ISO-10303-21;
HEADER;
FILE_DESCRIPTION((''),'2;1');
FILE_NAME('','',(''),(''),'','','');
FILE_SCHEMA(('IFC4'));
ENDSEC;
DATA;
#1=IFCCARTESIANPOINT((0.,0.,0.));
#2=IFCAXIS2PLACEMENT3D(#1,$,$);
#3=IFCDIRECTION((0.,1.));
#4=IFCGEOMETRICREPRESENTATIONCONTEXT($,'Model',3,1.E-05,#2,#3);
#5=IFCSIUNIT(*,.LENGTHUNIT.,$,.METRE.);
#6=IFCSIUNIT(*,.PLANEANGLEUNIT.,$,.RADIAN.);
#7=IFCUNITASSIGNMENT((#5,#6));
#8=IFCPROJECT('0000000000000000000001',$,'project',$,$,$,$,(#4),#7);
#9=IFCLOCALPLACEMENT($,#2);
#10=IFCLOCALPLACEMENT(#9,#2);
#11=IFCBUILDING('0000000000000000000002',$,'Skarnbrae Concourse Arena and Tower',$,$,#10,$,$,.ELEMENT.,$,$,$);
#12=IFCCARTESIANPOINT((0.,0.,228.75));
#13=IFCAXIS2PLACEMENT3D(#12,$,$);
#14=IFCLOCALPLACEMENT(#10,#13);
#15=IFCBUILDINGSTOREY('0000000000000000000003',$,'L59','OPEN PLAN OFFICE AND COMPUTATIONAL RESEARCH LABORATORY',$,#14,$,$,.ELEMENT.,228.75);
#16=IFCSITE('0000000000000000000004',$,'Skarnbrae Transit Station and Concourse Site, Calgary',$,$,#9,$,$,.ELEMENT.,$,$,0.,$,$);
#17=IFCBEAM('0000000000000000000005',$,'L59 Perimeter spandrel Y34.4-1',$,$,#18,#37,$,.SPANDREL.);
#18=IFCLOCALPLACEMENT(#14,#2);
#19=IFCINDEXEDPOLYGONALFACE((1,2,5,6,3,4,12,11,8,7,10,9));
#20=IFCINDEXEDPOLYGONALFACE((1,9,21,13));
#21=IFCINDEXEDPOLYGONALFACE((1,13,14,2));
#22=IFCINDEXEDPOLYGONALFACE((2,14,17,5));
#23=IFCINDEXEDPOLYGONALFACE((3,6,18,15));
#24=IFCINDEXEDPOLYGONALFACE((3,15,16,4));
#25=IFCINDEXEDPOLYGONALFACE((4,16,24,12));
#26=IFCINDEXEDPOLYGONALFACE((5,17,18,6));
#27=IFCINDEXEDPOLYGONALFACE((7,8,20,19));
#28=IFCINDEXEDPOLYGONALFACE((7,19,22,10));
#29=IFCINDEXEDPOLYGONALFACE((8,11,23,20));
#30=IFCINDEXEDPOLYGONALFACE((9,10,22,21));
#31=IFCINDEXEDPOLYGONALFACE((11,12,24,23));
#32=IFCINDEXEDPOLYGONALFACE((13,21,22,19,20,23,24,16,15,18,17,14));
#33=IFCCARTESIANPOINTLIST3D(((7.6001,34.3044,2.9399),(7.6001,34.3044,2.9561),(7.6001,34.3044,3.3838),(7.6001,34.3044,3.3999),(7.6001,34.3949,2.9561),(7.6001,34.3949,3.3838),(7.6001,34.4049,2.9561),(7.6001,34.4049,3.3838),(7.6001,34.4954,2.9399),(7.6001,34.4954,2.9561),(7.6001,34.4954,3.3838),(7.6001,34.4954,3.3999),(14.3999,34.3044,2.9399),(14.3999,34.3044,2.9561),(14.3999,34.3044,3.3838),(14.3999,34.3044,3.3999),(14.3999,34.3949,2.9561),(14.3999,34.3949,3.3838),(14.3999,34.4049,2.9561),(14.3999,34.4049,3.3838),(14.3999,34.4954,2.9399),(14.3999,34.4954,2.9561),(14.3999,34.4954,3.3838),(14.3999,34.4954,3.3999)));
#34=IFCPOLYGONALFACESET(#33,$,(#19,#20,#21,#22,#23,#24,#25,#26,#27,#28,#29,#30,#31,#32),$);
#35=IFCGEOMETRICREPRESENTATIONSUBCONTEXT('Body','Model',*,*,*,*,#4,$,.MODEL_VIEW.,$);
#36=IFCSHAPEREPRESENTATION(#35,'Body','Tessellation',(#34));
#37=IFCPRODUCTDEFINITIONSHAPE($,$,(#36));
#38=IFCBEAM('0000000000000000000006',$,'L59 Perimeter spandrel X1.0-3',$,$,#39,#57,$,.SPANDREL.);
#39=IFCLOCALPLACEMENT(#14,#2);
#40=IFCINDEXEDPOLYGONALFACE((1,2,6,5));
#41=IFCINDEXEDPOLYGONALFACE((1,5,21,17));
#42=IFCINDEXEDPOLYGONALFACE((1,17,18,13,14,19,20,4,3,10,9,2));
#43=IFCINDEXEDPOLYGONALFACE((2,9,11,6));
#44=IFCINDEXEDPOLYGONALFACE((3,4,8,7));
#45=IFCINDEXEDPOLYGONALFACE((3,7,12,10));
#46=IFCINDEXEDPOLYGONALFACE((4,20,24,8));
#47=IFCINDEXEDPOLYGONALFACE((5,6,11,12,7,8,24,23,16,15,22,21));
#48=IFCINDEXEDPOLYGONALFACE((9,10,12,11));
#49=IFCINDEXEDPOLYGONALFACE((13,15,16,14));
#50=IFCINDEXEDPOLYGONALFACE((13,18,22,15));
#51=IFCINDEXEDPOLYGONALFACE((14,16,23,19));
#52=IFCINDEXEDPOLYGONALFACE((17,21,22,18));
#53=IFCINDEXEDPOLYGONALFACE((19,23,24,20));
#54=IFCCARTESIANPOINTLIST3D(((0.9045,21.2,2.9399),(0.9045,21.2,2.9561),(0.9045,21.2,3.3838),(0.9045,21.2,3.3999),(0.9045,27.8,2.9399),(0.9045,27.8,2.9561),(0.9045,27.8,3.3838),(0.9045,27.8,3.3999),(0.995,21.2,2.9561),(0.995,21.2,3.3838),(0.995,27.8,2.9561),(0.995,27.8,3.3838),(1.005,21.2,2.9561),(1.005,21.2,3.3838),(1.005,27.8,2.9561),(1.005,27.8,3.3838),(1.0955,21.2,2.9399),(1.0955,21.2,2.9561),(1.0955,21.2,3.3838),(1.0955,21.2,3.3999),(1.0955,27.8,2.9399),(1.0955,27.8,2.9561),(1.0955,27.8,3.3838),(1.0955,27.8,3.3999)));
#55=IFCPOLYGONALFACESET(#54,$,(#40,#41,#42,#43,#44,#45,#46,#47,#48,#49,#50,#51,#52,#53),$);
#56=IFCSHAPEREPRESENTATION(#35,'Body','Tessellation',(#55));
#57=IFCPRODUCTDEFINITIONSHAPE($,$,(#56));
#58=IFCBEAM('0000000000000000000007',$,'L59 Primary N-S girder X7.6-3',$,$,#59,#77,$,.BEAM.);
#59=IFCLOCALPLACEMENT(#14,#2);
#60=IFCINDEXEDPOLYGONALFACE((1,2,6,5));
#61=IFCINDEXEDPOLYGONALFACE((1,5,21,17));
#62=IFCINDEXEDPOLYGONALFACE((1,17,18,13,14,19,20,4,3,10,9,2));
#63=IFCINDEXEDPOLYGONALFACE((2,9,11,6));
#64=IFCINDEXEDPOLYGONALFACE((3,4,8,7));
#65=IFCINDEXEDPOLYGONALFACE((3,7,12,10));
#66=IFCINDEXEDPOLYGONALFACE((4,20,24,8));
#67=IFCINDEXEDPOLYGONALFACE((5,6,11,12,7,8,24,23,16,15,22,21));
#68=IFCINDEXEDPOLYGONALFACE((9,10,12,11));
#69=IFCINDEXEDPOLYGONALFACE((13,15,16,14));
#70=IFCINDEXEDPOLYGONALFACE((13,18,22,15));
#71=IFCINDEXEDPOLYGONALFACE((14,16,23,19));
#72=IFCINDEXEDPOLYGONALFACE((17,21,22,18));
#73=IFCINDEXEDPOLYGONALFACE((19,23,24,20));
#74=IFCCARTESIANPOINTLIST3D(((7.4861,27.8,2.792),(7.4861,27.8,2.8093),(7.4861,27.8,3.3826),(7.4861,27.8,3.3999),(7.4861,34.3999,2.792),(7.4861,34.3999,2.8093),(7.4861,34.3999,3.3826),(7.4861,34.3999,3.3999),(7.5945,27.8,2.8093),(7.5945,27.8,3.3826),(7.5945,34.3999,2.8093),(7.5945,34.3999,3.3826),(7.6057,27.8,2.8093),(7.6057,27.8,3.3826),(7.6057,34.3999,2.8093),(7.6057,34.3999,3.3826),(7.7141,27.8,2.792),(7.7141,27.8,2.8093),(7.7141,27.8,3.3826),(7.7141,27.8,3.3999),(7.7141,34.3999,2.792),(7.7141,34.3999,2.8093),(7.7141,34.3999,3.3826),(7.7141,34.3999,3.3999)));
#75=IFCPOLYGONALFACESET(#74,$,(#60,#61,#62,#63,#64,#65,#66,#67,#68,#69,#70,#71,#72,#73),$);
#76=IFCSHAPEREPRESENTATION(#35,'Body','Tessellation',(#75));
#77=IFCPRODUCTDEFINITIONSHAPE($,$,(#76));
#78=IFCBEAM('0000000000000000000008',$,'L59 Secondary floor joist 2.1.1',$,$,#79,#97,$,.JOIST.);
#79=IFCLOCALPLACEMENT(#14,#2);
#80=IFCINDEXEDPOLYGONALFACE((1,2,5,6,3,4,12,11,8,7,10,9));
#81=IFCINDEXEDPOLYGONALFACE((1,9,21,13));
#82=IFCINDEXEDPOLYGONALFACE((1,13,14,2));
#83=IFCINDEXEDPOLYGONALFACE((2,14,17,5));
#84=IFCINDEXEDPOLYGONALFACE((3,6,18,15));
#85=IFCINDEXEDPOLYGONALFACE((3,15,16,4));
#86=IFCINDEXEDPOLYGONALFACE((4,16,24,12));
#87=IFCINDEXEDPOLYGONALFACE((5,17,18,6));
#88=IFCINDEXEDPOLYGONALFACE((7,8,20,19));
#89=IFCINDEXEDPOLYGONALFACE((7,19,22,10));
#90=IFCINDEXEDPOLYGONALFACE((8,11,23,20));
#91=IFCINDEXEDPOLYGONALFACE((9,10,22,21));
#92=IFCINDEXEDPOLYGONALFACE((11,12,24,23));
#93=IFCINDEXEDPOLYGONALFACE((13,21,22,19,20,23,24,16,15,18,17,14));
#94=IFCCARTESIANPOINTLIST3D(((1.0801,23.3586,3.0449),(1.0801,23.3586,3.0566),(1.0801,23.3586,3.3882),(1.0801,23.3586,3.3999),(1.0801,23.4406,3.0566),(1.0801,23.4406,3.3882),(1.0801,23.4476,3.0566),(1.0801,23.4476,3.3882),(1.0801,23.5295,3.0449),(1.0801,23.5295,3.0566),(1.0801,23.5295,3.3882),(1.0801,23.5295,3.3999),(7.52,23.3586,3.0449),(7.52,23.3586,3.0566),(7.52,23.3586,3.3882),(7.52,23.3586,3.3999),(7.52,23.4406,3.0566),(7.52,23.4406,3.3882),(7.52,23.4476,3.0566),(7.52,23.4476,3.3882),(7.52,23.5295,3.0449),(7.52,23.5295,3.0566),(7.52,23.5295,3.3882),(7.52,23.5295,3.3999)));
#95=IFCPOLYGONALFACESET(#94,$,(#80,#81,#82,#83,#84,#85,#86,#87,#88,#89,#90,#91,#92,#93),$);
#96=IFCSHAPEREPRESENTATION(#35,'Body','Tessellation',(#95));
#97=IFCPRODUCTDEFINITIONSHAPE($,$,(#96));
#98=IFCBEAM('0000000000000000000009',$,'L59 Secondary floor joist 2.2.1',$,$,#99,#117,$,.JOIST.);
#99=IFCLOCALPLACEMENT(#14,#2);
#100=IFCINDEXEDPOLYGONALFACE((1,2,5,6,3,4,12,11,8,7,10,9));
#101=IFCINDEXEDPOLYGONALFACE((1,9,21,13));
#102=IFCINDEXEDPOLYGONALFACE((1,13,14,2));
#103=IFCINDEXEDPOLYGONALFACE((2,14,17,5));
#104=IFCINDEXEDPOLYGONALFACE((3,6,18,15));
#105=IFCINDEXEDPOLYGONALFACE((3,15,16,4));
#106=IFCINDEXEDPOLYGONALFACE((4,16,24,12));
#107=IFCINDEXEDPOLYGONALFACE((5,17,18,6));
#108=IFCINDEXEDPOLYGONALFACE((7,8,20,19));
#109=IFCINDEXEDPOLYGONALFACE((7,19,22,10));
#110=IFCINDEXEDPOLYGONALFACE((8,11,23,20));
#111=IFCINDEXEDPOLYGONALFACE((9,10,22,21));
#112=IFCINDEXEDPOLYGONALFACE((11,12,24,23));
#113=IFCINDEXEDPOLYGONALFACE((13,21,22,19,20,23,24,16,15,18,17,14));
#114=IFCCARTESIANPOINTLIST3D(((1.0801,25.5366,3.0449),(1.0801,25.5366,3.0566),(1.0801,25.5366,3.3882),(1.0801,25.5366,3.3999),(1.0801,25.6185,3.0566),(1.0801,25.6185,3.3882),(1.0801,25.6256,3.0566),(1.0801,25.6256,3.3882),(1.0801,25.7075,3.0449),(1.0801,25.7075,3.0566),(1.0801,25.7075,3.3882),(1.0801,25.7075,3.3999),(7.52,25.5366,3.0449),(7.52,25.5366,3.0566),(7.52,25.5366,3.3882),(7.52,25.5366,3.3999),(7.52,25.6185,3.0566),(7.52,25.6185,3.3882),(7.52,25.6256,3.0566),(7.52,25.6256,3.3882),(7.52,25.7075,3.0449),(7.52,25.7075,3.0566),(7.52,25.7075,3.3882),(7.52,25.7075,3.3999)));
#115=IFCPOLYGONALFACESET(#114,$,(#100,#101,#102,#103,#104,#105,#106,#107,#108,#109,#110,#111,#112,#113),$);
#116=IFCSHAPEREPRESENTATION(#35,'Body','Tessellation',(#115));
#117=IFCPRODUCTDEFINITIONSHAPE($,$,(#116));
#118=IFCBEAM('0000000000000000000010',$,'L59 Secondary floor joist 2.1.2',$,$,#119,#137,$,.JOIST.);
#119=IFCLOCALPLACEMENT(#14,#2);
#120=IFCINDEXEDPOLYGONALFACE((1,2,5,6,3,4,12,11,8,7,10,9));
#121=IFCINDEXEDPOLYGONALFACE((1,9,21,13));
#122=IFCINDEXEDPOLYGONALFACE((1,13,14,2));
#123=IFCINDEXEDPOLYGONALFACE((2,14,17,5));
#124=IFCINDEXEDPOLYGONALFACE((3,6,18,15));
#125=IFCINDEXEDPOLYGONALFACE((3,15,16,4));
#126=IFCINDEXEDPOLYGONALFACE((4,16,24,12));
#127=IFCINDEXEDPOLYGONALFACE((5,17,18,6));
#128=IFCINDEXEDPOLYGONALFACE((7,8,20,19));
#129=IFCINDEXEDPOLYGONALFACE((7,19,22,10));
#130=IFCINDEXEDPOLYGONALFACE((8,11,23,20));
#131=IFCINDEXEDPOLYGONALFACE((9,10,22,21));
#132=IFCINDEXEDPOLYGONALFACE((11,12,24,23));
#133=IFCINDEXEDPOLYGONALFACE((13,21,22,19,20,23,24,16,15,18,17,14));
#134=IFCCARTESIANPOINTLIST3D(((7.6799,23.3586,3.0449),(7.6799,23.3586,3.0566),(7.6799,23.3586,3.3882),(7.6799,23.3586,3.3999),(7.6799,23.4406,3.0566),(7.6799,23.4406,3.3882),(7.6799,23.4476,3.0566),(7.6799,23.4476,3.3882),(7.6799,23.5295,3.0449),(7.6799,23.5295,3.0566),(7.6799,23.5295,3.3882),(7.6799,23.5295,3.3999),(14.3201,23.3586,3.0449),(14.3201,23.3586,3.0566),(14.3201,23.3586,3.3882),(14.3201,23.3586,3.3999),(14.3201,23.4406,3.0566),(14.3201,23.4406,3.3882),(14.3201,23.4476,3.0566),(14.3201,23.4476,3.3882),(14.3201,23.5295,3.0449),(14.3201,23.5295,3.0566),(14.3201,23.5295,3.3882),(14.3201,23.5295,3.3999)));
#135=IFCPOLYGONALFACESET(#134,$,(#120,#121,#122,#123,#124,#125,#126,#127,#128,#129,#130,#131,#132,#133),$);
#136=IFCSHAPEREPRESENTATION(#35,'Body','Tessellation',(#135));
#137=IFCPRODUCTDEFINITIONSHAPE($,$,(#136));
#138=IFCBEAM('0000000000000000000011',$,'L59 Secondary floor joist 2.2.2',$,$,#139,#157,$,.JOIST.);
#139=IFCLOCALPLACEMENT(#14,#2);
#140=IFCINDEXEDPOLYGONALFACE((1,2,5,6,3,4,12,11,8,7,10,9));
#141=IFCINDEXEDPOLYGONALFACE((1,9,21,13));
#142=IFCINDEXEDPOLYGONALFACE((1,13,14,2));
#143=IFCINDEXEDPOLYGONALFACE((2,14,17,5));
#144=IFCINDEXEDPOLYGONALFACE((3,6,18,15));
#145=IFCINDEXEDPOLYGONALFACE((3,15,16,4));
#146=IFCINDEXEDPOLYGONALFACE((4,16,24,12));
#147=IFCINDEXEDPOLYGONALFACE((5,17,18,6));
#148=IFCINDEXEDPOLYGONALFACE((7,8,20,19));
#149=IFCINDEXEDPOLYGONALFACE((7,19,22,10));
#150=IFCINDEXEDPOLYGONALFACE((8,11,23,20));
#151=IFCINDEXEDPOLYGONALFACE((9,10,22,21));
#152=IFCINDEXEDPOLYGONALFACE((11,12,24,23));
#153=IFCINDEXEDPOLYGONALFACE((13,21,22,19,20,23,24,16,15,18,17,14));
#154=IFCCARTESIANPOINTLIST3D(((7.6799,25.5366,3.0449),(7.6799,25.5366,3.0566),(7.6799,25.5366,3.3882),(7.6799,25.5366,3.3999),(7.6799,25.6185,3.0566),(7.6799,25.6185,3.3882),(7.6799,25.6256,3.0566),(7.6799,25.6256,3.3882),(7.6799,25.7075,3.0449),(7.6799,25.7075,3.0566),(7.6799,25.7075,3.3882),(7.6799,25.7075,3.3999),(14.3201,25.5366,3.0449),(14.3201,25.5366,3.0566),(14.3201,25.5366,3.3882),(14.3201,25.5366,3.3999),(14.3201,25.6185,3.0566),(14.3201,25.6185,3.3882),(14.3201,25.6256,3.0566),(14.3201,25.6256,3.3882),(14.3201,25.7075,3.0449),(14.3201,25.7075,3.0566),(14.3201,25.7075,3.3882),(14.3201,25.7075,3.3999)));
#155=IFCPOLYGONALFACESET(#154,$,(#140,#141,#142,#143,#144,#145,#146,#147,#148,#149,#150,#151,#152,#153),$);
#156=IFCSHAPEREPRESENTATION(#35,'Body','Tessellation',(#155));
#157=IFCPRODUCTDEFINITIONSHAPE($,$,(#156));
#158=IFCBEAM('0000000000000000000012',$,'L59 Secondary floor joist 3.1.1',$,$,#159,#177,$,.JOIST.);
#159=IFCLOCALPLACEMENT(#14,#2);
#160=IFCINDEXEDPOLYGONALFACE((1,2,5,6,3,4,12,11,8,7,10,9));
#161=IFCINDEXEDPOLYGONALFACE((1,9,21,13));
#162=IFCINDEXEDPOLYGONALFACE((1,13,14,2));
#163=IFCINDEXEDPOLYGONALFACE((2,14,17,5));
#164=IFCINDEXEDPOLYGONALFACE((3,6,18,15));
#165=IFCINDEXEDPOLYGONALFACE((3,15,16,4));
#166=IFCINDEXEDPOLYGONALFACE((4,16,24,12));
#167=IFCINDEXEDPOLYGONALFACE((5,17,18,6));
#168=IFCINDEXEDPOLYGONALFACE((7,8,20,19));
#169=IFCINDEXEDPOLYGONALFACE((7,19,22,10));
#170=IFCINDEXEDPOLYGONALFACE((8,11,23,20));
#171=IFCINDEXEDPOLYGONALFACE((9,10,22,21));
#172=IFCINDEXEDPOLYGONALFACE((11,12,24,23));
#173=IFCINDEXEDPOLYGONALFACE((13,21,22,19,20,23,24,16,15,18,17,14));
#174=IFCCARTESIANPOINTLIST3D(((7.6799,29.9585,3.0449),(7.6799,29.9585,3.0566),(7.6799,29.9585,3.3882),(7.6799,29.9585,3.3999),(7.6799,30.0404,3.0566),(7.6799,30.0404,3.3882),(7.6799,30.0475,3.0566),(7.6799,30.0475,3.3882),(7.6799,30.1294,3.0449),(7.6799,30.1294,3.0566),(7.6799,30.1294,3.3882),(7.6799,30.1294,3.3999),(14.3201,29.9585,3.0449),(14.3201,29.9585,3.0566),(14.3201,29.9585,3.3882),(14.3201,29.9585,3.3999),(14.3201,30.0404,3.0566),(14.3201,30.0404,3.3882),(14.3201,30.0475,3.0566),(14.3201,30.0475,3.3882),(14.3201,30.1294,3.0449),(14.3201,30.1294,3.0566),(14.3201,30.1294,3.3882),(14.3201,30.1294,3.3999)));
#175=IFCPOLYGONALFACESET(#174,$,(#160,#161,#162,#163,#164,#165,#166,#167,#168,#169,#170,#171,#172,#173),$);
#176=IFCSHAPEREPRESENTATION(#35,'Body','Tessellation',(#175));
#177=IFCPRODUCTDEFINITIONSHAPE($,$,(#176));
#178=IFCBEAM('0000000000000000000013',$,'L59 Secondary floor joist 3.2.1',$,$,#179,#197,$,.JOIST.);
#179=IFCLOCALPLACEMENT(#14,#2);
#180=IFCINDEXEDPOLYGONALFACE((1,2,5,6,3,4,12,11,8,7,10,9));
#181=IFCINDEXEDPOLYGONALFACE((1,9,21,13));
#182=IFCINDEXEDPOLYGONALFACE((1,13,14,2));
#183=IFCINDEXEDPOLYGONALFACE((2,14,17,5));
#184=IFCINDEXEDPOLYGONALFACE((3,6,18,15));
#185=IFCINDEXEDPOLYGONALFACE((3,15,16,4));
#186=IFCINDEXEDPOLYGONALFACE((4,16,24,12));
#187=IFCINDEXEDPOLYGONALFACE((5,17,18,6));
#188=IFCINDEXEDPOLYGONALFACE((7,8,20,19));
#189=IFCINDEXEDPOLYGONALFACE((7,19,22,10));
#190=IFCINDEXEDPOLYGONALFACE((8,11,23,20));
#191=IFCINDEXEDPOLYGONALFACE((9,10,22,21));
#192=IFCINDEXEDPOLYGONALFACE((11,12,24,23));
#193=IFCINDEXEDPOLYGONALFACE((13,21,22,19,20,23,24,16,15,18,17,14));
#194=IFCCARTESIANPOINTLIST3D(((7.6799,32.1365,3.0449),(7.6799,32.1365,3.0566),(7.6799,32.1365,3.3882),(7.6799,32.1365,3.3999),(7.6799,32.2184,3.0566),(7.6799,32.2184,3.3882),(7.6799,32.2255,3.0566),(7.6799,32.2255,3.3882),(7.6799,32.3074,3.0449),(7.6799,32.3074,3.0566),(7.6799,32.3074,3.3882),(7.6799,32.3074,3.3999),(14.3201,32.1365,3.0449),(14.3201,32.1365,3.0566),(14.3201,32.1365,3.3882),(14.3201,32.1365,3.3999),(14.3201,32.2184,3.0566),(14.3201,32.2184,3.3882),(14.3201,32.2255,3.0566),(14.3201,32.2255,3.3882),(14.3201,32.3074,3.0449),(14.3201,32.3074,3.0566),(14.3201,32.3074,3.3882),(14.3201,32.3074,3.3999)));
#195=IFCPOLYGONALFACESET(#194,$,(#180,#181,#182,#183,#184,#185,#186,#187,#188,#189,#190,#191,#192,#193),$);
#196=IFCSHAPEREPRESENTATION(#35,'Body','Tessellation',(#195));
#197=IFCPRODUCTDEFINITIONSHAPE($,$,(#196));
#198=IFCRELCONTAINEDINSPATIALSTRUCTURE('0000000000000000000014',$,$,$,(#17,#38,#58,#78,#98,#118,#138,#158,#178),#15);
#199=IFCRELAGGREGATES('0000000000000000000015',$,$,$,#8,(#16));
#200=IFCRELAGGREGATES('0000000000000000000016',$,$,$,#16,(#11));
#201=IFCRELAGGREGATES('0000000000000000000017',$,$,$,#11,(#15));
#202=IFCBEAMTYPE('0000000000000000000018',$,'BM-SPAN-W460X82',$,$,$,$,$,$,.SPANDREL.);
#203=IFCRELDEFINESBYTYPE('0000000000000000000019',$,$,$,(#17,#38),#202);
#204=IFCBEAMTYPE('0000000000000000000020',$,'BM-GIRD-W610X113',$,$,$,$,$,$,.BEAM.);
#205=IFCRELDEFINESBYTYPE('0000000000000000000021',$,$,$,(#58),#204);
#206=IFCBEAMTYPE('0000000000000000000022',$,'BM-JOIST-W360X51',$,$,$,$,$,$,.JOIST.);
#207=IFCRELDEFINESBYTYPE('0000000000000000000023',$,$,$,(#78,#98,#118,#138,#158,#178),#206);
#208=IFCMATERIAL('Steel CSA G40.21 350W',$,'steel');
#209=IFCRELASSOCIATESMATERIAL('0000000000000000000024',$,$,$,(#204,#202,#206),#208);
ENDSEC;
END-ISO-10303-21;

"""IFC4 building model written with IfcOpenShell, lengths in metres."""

from ifc_helpers import new_model, si_unit, direction, frame, origin, origin_2d, place, context, subcontext, project, spatial, i_section, extrude, source, transform, mapped, material, material_profile, profile_set, type_object, element, save


model = new_model("IFC4")

# Units and contexts
model_context = context("Model", 3, precision=1e-05, world=origin(), true_north=direction((0.0, 1.0)))
body_context = subcontext(model_context, "Body", "Model", "MODEL_VIEW")
ifc_project = project(units=[si_unit("LENGTHUNIT", "METRE"), si_unit("PLANEANGLEUNIT", "RADIAN")], contexts=[model_context])

# Site, building, storey
site_placement = place(None, origin())
site = spatial("IfcSite", under=ifc_project, at=site_placement, Name="Skarnbrae Transit Station and Concourse Site, Calgary", CompositionType="ELEMENT", RefElevation=0.0)
building_placement = place(site_placement, origin())
building = spatial("IfcBuilding", under=site, at=building_placement, Name="Skarnbrae Concourse Arena and Tower", CompositionType="ELEMENT")
storey_placement = place(building_placement, frame((0.0, 0.0, 228.75)))
storey = spatial("IfcBuildingStorey", under=building, at=storey_placement, Name="L59", Description="OPEN PLAN OFFICE AND COMPUTATIONAL RESEARCH LABORATORY", CompositionType="ELEMENT", Elevation=228.75)

# Shared definitions
ifc_material_1 = material(Name="Steel CSA G40.21 350W", Category="steel")

# Beams
ifc_material_profile_1 = material_profile(ifc_material_1, i_section(OverallWidth=0.228, OverallDepth=0.6079, WebThickness=0.0112, FlangeThickness=0.0173, at=origin_2d()), Name="W610X113")
ifc_profile_set_1 = profile_set([ifc_material_profile_1], Name="Steel CSA G40.21 350W")
beam_type_1 = type_object("IfcBeamType", Name="BM-GIRD-W610X113", PredefinedType="BEAM", material=ifc_profile_set_1)
ifc_material_profile_2 = material_profile(ifc_material_1, i_section(OverallWidth=0.1909, OverallDepth=0.46, WebThickness=0.01, FlangeThickness=0.0161, at=origin_2d()), Name="W460X82")
ifc_profile_set_2 = profile_set([ifc_material_profile_2], Name="Steel CSA G40.21 350W")
beam_type_2 = type_object("IfcBeamType", Name="BM-SPAN-W460X82", PredefinedType="SPANDREL", material=ifc_profile_set_2)
shared_shape_1 = source(origin(), body_context, "Body", "SweptSolid", [
    extrude(i_section(OverallWidth=0.1909, OverallDepth=0.46, WebThickness=0.01, FlangeThickness=0.0161, at=origin_2d()), origin(), (0.0, 0.0, 1.0), 6.7998),
])
beam_1_placement = place(storey_placement, frame((7.6001, 34.3999, 3.1699), z_axis=(1.0, 0.0, 0.0), x_axis=(0.0, 1.0, 0.0)))
element("IfcBeam", 1, at=beam_1_placement, inside=storey, type_object=beam_type_2, Name="L59 Perimeter spandrel Y34.4-1", PredefinedType="SPANDREL", context=body_context, shape_type="MappedRepresentation", body=[
    mapped(shared_shape_1, transform((0.0, 0.0, 0.0))),
])
shared_shape_2 = source(origin(), body_context, "Body", "SweptSolid", [
    extrude(i_section(OverallWidth=0.1909, OverallDepth=0.46, WebThickness=0.01, FlangeThickness=0.0161, at=origin_2d()), origin(), (0.0, 0.0, 1.0), 6.6001),
])
beam_2_placement = place(storey_placement, frame((1.0, 21.2, 3.1699), z_axis=(0.0, 1.0, 0.0), x_axis=(-1.0, 0.0, 0.0)))
element("IfcBeam", 2, at=beam_2_placement, inside=storey, type_object=beam_type_2, Name="L59 Perimeter spandrel X1.0-3", PredefinedType="SPANDREL", context=body_context, shape_type="MappedRepresentation", body=[
    mapped(shared_shape_2, transform((0.0, 0.0, 0.0))),
])
shared_shape_3 = source(origin(), body_context, "Body", "SweptSolid", [
    extrude(i_section(OverallWidth=0.228, OverallDepth=0.6079, WebThickness=0.0112, FlangeThickness=0.0173, at=origin_2d()), origin(), (0.0, 0.0, 1.0), 6.5999),
])
beam_3_placement = place(storey_placement, frame((7.6001, 27.8, 3.0959), z_axis=(0.0, 1.0, 0.0), x_axis=(-1.0, 0.0, 0.0)))
element("IfcBeam", 3, at=beam_3_placement, inside=storey, type_object=beam_type_1, Name="L59 Primary N-S girder X7.6-3", PredefinedType="BEAM", context=body_context, shape_type="MappedRepresentation", body=[
    mapped(shared_shape_3, transform((0.0, 0.0, 0.0))),
])
ifc_material_profile_3 = material_profile(ifc_material_1, i_section(OverallWidth=0.1709, OverallDepth=0.355, WebThickness=0.0071, FlangeThickness=0.0117, at=origin_2d()), Name="W360X51")
ifc_profile_set_3 = profile_set([ifc_material_profile_3], Name="Steel CSA G40.21 350W")
beam_type_3 = type_object("IfcBeamType", Name="BM-JOIST-W360X51", PredefinedType="JOIST", material=ifc_profile_set_3)
shared_shape_4 = source(origin(), body_context, "Body", "SweptSolid", [
    extrude(i_section(OverallWidth=0.1709, OverallDepth=0.355, WebThickness=0.0071, FlangeThickness=0.0117, at=origin_2d()), origin(), (0.0, 0.0, 1.0), 6.4399),
])
for number, where, z_axis, x_axis, name in (
    (4, (1.0801, 23.4441, 3.2224), (1.0, 0.0, 0.0), (0.0, 1.0, 0.0), "L59 Secondary floor joist 2.1.1"),
    (5, (1.0801, 25.6221, 3.2224), (1.0, 0.0, 0.0), (0.0, 1.0, 0.0), "L59 Secondary floor joist 2.2.1"),
):
    element("IfcBeam", number, at=place(storey_placement, frame(where, z_axis=z_axis, x_axis=x_axis)), inside=storey, type_object=beam_type_3, Name=name, PredefinedType="JOIST", context=body_context, shape_type="MappedRepresentation", body=[
        mapped(shared_shape_4, transform((0.0, 0.0, 0.0))),
    ])
shared_shape_5 = source(origin(), body_context, "Body", "SweptSolid", [
    extrude(i_section(OverallWidth=0.1709, OverallDepth=0.355, WebThickness=0.0071, FlangeThickness=0.0117, at=origin_2d()), origin(), (0.0, 0.0, 1.0), 6.6401),
])
for number, where, z_axis, x_axis, name in (
    (6, (7.6799, 23.4441, 3.2224), (1.0, 0.0, 0.0), (0.0, 1.0, 0.0), "L59 Secondary floor joist 2.1.2"),
    (7, (7.6799, 25.6221, 3.2224), (1.0, 0.0, 0.0), (0.0, 1.0, 0.0), "L59 Secondary floor joist 2.2.2"),
    (8, (7.6799, 30.0439, 3.2224), (1.0, 0.0, 0.0), (0.0, 1.0, 0.0), "L59 Secondary floor joist 3.1.1"),
    (9, (7.6799, 32.2219, 3.2224), (1.0, 0.0, 0.0), (0.0, 1.0, 0.0), "L59 Secondary floor joist 3.2.1"),
):
    element("IfcBeam", number, at=place(storey_placement, frame(where, z_axis=z_axis, x_axis=x_axis)), inside=storey, type_object=beam_type_3, Name=name, PredefinedType="JOIST", context=body_context, shape_type="MappedRepresentation", body=[
        mapped(shared_shape_5, transform((0.0, 0.0, 0.0))),
    ])

save(model, "model.ifc")
